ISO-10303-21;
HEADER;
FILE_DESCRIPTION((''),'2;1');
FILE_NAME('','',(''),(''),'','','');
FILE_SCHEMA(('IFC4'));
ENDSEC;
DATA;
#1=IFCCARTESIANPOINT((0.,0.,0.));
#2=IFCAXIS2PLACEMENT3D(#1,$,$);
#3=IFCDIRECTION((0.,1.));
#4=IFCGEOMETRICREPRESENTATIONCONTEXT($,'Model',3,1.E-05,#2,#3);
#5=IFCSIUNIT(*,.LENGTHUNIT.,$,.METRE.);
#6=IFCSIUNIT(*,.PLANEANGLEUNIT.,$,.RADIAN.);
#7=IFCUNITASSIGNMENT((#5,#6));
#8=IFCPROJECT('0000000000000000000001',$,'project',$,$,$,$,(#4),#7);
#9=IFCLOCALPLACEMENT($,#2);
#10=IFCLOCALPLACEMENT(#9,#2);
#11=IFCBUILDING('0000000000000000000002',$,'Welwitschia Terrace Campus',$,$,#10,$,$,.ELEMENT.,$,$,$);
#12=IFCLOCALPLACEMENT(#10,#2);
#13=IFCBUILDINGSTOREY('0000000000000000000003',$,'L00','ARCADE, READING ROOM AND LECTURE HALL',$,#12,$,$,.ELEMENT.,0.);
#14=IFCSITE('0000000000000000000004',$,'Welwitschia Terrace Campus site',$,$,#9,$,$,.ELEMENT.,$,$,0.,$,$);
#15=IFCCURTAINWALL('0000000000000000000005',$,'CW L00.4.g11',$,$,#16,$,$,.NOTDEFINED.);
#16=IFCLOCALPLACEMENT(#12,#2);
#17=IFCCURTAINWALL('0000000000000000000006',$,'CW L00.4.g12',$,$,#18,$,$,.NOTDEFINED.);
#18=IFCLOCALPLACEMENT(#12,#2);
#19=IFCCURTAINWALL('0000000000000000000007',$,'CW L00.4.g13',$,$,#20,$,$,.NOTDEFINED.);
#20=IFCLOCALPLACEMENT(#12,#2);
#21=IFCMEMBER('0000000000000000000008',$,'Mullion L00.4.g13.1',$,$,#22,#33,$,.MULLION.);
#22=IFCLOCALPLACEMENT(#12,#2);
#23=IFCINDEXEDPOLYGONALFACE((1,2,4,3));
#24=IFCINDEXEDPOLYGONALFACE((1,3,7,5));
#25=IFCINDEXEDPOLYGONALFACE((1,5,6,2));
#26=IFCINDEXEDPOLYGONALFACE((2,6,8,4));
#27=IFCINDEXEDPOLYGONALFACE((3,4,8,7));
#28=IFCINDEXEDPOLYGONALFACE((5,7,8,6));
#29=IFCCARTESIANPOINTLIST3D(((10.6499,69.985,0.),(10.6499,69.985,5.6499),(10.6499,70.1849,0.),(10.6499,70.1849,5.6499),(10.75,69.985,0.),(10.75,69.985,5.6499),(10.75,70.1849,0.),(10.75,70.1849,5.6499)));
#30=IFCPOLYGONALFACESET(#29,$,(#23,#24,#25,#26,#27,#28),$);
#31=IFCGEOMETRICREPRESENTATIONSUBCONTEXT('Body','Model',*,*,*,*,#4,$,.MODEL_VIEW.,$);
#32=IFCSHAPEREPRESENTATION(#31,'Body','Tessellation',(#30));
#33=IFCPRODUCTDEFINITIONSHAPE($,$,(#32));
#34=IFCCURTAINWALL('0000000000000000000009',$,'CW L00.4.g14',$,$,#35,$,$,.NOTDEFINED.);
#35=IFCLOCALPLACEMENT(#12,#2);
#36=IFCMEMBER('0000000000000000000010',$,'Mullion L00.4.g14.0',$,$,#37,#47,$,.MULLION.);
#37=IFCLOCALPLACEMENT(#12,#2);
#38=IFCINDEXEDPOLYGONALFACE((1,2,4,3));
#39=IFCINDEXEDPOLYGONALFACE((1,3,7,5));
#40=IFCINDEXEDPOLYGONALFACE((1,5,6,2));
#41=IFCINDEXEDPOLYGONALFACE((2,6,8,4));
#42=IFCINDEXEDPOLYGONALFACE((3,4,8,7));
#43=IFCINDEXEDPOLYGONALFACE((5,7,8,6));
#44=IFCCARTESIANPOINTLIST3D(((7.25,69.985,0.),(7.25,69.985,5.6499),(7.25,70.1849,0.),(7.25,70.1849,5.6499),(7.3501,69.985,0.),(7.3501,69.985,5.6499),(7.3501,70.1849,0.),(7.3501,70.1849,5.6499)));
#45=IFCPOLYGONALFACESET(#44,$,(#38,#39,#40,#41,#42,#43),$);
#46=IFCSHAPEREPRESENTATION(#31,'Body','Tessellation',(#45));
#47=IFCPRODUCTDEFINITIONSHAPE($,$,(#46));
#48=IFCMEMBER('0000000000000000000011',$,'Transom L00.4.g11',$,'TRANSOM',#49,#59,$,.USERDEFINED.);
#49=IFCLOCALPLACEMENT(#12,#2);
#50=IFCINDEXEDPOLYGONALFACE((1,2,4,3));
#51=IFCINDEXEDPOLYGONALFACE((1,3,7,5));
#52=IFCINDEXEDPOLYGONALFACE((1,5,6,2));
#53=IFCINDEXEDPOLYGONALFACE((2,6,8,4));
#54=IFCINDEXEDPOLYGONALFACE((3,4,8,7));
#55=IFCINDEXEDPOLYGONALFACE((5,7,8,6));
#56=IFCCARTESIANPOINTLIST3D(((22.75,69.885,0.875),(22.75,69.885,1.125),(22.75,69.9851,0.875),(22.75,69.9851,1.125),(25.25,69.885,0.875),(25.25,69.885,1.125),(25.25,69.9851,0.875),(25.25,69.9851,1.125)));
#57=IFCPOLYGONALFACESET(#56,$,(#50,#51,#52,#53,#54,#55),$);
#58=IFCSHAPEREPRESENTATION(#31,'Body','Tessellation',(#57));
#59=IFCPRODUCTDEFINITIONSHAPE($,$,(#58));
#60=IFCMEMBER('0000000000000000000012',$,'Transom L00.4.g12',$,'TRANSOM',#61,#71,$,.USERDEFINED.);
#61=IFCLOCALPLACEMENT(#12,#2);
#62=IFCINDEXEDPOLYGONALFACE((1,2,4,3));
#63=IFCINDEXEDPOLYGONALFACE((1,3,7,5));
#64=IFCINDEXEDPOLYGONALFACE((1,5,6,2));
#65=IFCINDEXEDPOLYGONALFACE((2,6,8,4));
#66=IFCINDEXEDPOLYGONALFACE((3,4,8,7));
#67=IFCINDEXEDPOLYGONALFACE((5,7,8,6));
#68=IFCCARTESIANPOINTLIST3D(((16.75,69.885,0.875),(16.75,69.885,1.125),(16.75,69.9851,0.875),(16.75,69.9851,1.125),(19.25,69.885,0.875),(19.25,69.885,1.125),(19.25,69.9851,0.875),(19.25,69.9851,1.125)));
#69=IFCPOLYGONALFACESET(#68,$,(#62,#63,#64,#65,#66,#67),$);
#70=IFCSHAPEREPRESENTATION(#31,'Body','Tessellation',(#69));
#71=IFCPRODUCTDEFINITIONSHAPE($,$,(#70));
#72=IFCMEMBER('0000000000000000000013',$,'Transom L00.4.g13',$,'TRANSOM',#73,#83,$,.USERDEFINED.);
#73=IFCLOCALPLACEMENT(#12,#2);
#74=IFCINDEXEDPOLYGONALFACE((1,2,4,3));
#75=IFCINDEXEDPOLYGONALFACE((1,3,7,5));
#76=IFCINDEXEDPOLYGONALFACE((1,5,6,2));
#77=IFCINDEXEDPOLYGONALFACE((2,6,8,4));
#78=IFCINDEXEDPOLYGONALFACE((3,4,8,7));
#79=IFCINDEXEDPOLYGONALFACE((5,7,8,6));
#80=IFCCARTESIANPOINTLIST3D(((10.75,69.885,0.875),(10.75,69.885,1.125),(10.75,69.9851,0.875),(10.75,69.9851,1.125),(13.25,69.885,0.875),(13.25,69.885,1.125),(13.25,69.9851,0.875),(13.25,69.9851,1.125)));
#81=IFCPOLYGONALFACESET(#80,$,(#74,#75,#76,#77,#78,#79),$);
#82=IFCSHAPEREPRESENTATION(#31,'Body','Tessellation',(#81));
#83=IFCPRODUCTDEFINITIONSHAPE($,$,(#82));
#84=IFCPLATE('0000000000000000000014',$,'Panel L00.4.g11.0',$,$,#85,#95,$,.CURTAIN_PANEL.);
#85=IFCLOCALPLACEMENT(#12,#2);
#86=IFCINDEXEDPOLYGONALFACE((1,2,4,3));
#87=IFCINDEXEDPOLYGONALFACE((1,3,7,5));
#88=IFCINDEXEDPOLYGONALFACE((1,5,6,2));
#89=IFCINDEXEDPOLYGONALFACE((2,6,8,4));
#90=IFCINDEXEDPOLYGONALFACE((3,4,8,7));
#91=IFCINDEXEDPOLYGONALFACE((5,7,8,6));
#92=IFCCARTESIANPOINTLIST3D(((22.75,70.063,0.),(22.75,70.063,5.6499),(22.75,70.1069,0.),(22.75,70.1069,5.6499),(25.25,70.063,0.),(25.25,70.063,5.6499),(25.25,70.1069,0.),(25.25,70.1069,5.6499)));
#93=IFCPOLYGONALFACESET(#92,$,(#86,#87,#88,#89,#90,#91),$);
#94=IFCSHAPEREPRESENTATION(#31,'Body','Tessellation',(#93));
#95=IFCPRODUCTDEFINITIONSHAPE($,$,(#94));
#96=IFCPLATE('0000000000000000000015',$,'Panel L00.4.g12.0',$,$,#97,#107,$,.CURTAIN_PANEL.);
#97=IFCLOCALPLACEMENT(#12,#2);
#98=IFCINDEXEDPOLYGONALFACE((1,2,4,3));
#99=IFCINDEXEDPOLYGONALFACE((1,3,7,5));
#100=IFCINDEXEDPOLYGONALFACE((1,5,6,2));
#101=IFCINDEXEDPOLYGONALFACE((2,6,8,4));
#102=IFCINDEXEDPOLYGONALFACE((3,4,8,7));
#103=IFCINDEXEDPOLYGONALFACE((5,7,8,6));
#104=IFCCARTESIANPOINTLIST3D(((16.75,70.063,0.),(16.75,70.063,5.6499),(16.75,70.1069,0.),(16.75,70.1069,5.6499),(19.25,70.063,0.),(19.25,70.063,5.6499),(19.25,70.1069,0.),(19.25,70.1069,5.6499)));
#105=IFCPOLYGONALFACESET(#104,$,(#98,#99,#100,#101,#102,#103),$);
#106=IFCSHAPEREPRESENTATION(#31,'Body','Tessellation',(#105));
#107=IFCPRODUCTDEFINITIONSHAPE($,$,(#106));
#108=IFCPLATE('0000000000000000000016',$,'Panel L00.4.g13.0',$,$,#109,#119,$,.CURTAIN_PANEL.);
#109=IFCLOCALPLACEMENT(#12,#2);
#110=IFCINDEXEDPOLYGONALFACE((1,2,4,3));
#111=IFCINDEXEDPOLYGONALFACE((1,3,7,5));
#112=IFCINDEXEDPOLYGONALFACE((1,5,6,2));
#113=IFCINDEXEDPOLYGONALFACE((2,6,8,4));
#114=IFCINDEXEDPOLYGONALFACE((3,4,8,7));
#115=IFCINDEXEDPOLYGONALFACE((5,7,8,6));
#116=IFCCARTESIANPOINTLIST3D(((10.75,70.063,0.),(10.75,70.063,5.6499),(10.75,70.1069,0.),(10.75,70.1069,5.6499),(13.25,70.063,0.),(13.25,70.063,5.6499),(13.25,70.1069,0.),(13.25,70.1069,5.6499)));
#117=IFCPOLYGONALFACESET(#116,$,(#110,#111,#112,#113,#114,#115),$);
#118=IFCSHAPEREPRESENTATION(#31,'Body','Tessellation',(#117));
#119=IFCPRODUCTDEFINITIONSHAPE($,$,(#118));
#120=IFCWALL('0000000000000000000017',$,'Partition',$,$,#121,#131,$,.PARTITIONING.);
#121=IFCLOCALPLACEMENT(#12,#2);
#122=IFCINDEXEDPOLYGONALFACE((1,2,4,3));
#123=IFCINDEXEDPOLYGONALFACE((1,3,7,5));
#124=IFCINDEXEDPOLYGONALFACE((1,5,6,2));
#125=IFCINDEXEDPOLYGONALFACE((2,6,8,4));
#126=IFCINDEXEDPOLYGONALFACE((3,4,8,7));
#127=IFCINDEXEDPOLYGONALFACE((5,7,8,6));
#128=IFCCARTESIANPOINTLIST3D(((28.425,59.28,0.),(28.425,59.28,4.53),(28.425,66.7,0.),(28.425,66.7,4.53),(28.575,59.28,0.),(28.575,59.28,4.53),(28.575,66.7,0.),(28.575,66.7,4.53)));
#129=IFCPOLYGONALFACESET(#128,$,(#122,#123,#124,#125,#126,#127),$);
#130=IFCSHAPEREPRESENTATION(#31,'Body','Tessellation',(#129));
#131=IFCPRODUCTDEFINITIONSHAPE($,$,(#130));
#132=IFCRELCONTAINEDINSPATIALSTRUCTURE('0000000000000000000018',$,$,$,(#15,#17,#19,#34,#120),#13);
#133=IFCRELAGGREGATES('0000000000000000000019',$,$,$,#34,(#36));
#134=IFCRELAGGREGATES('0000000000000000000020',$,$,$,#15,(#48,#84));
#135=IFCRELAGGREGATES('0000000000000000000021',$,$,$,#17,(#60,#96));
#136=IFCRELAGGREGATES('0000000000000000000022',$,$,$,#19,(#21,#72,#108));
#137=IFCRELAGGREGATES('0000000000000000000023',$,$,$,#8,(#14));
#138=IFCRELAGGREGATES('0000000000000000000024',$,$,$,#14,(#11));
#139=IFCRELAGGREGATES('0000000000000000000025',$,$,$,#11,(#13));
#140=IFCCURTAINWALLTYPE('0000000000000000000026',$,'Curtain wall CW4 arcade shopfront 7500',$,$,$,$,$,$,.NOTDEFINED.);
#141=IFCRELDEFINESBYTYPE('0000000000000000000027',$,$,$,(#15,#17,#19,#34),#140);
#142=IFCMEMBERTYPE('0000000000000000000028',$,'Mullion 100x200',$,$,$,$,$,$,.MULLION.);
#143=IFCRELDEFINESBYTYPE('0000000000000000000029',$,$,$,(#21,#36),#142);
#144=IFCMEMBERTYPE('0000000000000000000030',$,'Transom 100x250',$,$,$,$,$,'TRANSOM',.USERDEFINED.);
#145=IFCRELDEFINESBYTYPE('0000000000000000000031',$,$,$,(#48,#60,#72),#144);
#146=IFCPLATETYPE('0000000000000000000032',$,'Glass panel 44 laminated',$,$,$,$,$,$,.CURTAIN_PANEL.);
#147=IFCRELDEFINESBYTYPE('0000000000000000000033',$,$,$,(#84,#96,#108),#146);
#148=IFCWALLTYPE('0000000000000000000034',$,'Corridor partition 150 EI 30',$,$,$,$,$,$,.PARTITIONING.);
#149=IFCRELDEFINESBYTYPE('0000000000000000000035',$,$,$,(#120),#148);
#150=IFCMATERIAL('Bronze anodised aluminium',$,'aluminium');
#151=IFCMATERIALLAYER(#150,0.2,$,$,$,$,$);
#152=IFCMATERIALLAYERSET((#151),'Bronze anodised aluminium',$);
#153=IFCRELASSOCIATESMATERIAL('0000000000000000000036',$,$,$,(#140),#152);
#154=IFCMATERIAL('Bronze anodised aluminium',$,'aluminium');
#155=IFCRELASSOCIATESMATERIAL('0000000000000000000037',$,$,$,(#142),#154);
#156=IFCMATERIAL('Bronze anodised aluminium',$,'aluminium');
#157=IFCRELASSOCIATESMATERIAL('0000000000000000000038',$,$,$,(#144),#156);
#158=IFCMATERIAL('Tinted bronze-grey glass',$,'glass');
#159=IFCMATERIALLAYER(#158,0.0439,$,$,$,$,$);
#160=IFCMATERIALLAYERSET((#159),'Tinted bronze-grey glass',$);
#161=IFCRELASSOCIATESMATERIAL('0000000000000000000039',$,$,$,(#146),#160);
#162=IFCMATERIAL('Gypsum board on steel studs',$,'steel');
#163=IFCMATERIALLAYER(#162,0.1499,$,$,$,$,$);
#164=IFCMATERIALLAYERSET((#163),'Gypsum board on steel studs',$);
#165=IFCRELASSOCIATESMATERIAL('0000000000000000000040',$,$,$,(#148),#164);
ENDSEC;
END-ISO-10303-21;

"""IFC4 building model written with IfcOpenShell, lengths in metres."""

from ifc_helpers import new_model, si_unit, direction, frame, frame_2d, origin, origin_2d, place, context, subcontext, project, spatial, rectangle, extrude, material, layer, layer_set, material_profile, profile_set, type_object, element, aggregate, save


model = new_model("IFC4")

# Units and contexts
model_context = context("Model", 3, precision=1e-05, world=origin(), true_north=direction((0.0, 1.0)))
body_context = subcontext(model_context, "Body", "Model", "MODEL_VIEW")
ifc_project = project(units=[si_unit("LENGTHUNIT", "METRE"), si_unit("PLANEANGLEUNIT", "RADIAN")], contexts=[model_context])

# Site, building, storey
site_placement = place(None, origin())
site = spatial("IfcSite", under=ifc_project, at=site_placement, Name="Welwitschia Terrace Campus site", CompositionType="ELEMENT", RefElevation=0.0)
building_placement = place(site_placement, origin())
building = spatial("IfcBuilding", under=site, at=building_placement, Name="Welwitschia Terrace Campus", CompositionType="ELEMENT")
storey_placement = place(building_placement, origin())
storey = spatial("IfcBuildingStorey", under=building, at=storey_placement, Name="L00", Description="ARCADE, READING ROOM AND LECTURE HALL", CompositionType="ELEMENT", Elevation=0.0)

# Curtain walls, member
ifc_material_1 = material(Name="Bronze anodised aluminium", Category="aluminium")
ifc_layer_1 = layer(ifc_material_1, 0.2)
ifc_layer_set_1 = layer_set([ifc_layer_1], Name="Bronze anodised aluminium")
curtain_wall_type = type_object("IfcCurtainWallType", Name="Curtain wall CW4 arcade shopfront 7500", PredefinedType="NOTDEFINED", material=ifc_layer_set_1)
curtain_wall_1_placement = place(storey_placement, origin())
curtain_wall_1 = element("IfcCurtainWall", 1, at=curtain_wall_1_placement, inside=storey, type_object=curtain_wall_type, Name="CW L00.4.g11", PredefinedType="NOTDEFINED")
ifc_material_2 = material(Name="Bronze anodised aluminium", Category="aluminium")
ifc_material_profile_1 = material_profile(ifc_material_2, rectangle(XDim=0.2, YDim=0.1001, at=origin_2d()))
ifc_profile_set_1 = profile_set([ifc_material_profile_1], Name="Bronze anodised aluminium")
member_type_1 = type_object("IfcMemberType", Name="Mullion 100x200", PredefinedType="MULLION", material=ifc_profile_set_1)
curtain_wall_2_placement = place(storey_placement, origin())
curtain_wall_2 = element("IfcCurtainWall", 2, at=curtain_wall_2_placement, inside=storey, type_object=curtain_wall_type, Name="CW L00.4.g12", PredefinedType="NOTDEFINED")
curtain_wall_3_placement = place(storey_placement, origin())
curtain_wall_3 = element("IfcCurtainWall", 3, at=curtain_wall_3_placement, inside=storey, type_object=curtain_wall_type, Name="CW L00.4.g13", PredefinedType="NOTDEFINED")
member_1_placement = place(storey_placement, frame((10.7, 70.085, 0.0), z_axis=(0.0, 0.0, 1.0), x_axis=(0.0, -1.0, 0.0)))
member_1 = element("IfcMember", 4, at=member_1_placement, type_object=member_type_1, Name="Mullion L00.4.g13.1", PredefinedType="MULLION", context=body_context, shape_type="SweptSolid", body=[
    extrude(rectangle(XDim=0.2, YDim=0.1001, at=origin_2d()), origin(), (0.0, 0.0, 1.0), 5.6499),
])

# Curtain wall, member
curtain_wall_4_placement = place(storey_placement, origin())
curtain_wall_4 = element("IfcCurtainWall", 5, at=curtain_wall_4_placement, inside=storey, type_object=curtain_wall_type, Name="CW L00.4.g14", PredefinedType="NOTDEFINED")
member_2_placement = place(storey_placement, frame((7.3, 70.085, 0.0), z_axis=(0.0, 0.0, 1.0), x_axis=(0.0, -1.0, 0.0)))
member_2 = element("IfcMember", 6, at=member_2_placement, type_object=member_type_1, Name="Mullion L00.4.g14.0", PredefinedType="MULLION", context=body_context, shape_type="SweptSolid", body=[
    extrude(rectangle(XDim=0.2, YDim=0.1001, at=origin_2d()), origin(), (0.0, 0.0, 1.0), 5.6499),
])
aggregate(curtain_wall_4, [member_2])

# Members
ifc_material_3 = material(Name="Bronze anodised aluminium", Category="aluminium")
ifc_material_profile_2 = material_profile(ifc_material_3, rectangle(XDim=0.1001, YDim=0.25, at=origin_2d()))
ifc_profile_set_2 = profile_set([ifc_material_profile_2], Name="Bronze anodised aluminium")
member_type_2 = type_object("IfcMemberType", Name="Transom 100x250", ElementType="TRANSOM", PredefinedType="USERDEFINED", material=ifc_profile_set_2)
member_3_placement = place(storey_placement, frame((25.25, 69.9351, 1.0), z_axis=(-1.0, 0.0, 0.0), x_axis=(0.0, -1.0, 0.0)))
member_3 = element("IfcMember", 7, at=member_3_placement, type_object=member_type_2, Name="Transom L00.4.g11", ObjectType="TRANSOM", PredefinedType="USERDEFINED", context=body_context, shape_type="SweptSolid", body=[
    extrude(rectangle(XDim=0.1001, YDim=0.25, at=origin_2d()), origin(), (0.0, 0.0, 1.0), 2.5),
])
member_4_placement = place(storey_placement, frame((19.25, 69.9351, 1.0), z_axis=(-1.0, 0.0, 0.0), x_axis=(0.0, -1.0, 0.0)))
member_4 = element("IfcMember", 8, at=member_4_placement, type_object=member_type_2, Name="Transom L00.4.g12", ObjectType="TRANSOM", PredefinedType="USERDEFINED", context=body_context, shape_type="SweptSolid", body=[
    extrude(rectangle(XDim=0.1001, YDim=0.25, at=origin_2d()), origin(), (0.0, 0.0, 1.0), 2.5),
])
member_5_placement = place(storey_placement, frame((13.25, 69.9351, 1.0), z_axis=(-1.0, 0.0, 0.0), x_axis=(0.0, -1.0, 0.0)))
member_5 = element("IfcMember", 9, at=member_5_placement, type_object=member_type_2, Name="Transom L00.4.g13", ObjectType="TRANSOM", PredefinedType="USERDEFINED", context=body_context, shape_type="SweptSolid", body=[
    extrude(rectangle(XDim=0.1001, YDim=0.25, at=origin_2d()), origin(), (0.0, 0.0, 1.0), 2.5),
])

# Plates
ifc_material_4 = material(Name="Tinted bronze-grey glass", Category="glass")
ifc_layer_2 = layer(ifc_material_4, 0.0439)
ifc_layer_set_2 = layer_set([ifc_layer_2], Name="Tinted bronze-grey glass")
plate_type = type_object("IfcPlateType", Name="Glass panel 44 laminated", PredefinedType="CURTAIN_PANEL", material=ifc_layer_set_2)
plate_1_placement = place(storey_placement, frame((24.0, 70.085, 0.0), z_axis=(0.0, 0.0, 1.0), x_axis=(-1.0, 0.0, 0.0)))
plate_1 = element("IfcPlate", 10, at=plate_1_placement, type_object=plate_type, Name="Panel L00.4.g11.0", PredefinedType="CURTAIN_PANEL", context=body_context, shape_type="SweptSolid", body=[
    extrude(rectangle(XDim=2.5, YDim=0.0439, at=origin_2d()), origin(), (0.0, 0.0, 1.0), 5.6499),
])
aggregate(curtain_wall_1, [member_3, plate_1])
plate_2_placement = place(storey_placement, frame((18.0, 70.085, 0.0), z_axis=(0.0, 0.0, 1.0), x_axis=(-1.0, 0.0, 0.0)))
plate_2 = element("IfcPlate", 11, at=plate_2_placement, type_object=plate_type, Name="Panel L00.4.g12.0", PredefinedType="CURTAIN_PANEL", context=body_context, shape_type="SweptSolid", body=[
    extrude(rectangle(XDim=2.5, YDim=0.0439, at=origin_2d()), origin(), (0.0, 0.0, 1.0), 5.6499),
])
aggregate(curtain_wall_2, [member_4, plate_2])
plate_3_placement = place(storey_placement, frame((12.0, 70.085, 0.0), z_axis=(0.0, 0.0, 1.0), x_axis=(-1.0, 0.0, 0.0)))
plate_3 = element("IfcPlate", 12, at=plate_3_placement, type_object=plate_type, Name="Panel L00.4.g13.0", PredefinedType="CURTAIN_PANEL", context=body_context, shape_type="SweptSolid", body=[
    extrude(rectangle(XDim=2.5, YDim=0.0439, at=origin_2d()), origin(), (0.0, 0.0, 1.0), 5.6499),
])
aggregate(curtain_wall_3, [member_1, member_5, plate_3])

# Wall
ifc_material_5 = material(Name="Gypsum board on steel studs", Category="steel")
ifc_layer_3 = layer(ifc_material_5, 0.1499)
ifc_layer_set_3 = layer_set([ifc_layer_3], Name="Gypsum board on steel studs")
wall_type_1 = type_object("IfcWallType", Name="Corridor partition 150 EI 30", PredefinedType="PARTITIONING", material=ifc_layer_set_3)
wall_1_placement = place(storey_placement, frame((28.5, 59.28, 0.0), z_axis=(0.0, 0.0, 1.0), x_axis=(0.0, 1.0, 0.0)))
element("IfcWall", 13, at=wall_1_placement, inside=storey, type_object=wall_type_1, Name="Partition", PredefinedType="PARTITIONING", context=body_context, shape_type="SweptSolid", body=[
    extrude(rectangle(XDim=7.4199, YDim=0.1499, at=frame_2d((3.71, 0.0))), origin(), (0.0, 0.0, 1.0), 4.53),
])

save(model, "model.ifc")
